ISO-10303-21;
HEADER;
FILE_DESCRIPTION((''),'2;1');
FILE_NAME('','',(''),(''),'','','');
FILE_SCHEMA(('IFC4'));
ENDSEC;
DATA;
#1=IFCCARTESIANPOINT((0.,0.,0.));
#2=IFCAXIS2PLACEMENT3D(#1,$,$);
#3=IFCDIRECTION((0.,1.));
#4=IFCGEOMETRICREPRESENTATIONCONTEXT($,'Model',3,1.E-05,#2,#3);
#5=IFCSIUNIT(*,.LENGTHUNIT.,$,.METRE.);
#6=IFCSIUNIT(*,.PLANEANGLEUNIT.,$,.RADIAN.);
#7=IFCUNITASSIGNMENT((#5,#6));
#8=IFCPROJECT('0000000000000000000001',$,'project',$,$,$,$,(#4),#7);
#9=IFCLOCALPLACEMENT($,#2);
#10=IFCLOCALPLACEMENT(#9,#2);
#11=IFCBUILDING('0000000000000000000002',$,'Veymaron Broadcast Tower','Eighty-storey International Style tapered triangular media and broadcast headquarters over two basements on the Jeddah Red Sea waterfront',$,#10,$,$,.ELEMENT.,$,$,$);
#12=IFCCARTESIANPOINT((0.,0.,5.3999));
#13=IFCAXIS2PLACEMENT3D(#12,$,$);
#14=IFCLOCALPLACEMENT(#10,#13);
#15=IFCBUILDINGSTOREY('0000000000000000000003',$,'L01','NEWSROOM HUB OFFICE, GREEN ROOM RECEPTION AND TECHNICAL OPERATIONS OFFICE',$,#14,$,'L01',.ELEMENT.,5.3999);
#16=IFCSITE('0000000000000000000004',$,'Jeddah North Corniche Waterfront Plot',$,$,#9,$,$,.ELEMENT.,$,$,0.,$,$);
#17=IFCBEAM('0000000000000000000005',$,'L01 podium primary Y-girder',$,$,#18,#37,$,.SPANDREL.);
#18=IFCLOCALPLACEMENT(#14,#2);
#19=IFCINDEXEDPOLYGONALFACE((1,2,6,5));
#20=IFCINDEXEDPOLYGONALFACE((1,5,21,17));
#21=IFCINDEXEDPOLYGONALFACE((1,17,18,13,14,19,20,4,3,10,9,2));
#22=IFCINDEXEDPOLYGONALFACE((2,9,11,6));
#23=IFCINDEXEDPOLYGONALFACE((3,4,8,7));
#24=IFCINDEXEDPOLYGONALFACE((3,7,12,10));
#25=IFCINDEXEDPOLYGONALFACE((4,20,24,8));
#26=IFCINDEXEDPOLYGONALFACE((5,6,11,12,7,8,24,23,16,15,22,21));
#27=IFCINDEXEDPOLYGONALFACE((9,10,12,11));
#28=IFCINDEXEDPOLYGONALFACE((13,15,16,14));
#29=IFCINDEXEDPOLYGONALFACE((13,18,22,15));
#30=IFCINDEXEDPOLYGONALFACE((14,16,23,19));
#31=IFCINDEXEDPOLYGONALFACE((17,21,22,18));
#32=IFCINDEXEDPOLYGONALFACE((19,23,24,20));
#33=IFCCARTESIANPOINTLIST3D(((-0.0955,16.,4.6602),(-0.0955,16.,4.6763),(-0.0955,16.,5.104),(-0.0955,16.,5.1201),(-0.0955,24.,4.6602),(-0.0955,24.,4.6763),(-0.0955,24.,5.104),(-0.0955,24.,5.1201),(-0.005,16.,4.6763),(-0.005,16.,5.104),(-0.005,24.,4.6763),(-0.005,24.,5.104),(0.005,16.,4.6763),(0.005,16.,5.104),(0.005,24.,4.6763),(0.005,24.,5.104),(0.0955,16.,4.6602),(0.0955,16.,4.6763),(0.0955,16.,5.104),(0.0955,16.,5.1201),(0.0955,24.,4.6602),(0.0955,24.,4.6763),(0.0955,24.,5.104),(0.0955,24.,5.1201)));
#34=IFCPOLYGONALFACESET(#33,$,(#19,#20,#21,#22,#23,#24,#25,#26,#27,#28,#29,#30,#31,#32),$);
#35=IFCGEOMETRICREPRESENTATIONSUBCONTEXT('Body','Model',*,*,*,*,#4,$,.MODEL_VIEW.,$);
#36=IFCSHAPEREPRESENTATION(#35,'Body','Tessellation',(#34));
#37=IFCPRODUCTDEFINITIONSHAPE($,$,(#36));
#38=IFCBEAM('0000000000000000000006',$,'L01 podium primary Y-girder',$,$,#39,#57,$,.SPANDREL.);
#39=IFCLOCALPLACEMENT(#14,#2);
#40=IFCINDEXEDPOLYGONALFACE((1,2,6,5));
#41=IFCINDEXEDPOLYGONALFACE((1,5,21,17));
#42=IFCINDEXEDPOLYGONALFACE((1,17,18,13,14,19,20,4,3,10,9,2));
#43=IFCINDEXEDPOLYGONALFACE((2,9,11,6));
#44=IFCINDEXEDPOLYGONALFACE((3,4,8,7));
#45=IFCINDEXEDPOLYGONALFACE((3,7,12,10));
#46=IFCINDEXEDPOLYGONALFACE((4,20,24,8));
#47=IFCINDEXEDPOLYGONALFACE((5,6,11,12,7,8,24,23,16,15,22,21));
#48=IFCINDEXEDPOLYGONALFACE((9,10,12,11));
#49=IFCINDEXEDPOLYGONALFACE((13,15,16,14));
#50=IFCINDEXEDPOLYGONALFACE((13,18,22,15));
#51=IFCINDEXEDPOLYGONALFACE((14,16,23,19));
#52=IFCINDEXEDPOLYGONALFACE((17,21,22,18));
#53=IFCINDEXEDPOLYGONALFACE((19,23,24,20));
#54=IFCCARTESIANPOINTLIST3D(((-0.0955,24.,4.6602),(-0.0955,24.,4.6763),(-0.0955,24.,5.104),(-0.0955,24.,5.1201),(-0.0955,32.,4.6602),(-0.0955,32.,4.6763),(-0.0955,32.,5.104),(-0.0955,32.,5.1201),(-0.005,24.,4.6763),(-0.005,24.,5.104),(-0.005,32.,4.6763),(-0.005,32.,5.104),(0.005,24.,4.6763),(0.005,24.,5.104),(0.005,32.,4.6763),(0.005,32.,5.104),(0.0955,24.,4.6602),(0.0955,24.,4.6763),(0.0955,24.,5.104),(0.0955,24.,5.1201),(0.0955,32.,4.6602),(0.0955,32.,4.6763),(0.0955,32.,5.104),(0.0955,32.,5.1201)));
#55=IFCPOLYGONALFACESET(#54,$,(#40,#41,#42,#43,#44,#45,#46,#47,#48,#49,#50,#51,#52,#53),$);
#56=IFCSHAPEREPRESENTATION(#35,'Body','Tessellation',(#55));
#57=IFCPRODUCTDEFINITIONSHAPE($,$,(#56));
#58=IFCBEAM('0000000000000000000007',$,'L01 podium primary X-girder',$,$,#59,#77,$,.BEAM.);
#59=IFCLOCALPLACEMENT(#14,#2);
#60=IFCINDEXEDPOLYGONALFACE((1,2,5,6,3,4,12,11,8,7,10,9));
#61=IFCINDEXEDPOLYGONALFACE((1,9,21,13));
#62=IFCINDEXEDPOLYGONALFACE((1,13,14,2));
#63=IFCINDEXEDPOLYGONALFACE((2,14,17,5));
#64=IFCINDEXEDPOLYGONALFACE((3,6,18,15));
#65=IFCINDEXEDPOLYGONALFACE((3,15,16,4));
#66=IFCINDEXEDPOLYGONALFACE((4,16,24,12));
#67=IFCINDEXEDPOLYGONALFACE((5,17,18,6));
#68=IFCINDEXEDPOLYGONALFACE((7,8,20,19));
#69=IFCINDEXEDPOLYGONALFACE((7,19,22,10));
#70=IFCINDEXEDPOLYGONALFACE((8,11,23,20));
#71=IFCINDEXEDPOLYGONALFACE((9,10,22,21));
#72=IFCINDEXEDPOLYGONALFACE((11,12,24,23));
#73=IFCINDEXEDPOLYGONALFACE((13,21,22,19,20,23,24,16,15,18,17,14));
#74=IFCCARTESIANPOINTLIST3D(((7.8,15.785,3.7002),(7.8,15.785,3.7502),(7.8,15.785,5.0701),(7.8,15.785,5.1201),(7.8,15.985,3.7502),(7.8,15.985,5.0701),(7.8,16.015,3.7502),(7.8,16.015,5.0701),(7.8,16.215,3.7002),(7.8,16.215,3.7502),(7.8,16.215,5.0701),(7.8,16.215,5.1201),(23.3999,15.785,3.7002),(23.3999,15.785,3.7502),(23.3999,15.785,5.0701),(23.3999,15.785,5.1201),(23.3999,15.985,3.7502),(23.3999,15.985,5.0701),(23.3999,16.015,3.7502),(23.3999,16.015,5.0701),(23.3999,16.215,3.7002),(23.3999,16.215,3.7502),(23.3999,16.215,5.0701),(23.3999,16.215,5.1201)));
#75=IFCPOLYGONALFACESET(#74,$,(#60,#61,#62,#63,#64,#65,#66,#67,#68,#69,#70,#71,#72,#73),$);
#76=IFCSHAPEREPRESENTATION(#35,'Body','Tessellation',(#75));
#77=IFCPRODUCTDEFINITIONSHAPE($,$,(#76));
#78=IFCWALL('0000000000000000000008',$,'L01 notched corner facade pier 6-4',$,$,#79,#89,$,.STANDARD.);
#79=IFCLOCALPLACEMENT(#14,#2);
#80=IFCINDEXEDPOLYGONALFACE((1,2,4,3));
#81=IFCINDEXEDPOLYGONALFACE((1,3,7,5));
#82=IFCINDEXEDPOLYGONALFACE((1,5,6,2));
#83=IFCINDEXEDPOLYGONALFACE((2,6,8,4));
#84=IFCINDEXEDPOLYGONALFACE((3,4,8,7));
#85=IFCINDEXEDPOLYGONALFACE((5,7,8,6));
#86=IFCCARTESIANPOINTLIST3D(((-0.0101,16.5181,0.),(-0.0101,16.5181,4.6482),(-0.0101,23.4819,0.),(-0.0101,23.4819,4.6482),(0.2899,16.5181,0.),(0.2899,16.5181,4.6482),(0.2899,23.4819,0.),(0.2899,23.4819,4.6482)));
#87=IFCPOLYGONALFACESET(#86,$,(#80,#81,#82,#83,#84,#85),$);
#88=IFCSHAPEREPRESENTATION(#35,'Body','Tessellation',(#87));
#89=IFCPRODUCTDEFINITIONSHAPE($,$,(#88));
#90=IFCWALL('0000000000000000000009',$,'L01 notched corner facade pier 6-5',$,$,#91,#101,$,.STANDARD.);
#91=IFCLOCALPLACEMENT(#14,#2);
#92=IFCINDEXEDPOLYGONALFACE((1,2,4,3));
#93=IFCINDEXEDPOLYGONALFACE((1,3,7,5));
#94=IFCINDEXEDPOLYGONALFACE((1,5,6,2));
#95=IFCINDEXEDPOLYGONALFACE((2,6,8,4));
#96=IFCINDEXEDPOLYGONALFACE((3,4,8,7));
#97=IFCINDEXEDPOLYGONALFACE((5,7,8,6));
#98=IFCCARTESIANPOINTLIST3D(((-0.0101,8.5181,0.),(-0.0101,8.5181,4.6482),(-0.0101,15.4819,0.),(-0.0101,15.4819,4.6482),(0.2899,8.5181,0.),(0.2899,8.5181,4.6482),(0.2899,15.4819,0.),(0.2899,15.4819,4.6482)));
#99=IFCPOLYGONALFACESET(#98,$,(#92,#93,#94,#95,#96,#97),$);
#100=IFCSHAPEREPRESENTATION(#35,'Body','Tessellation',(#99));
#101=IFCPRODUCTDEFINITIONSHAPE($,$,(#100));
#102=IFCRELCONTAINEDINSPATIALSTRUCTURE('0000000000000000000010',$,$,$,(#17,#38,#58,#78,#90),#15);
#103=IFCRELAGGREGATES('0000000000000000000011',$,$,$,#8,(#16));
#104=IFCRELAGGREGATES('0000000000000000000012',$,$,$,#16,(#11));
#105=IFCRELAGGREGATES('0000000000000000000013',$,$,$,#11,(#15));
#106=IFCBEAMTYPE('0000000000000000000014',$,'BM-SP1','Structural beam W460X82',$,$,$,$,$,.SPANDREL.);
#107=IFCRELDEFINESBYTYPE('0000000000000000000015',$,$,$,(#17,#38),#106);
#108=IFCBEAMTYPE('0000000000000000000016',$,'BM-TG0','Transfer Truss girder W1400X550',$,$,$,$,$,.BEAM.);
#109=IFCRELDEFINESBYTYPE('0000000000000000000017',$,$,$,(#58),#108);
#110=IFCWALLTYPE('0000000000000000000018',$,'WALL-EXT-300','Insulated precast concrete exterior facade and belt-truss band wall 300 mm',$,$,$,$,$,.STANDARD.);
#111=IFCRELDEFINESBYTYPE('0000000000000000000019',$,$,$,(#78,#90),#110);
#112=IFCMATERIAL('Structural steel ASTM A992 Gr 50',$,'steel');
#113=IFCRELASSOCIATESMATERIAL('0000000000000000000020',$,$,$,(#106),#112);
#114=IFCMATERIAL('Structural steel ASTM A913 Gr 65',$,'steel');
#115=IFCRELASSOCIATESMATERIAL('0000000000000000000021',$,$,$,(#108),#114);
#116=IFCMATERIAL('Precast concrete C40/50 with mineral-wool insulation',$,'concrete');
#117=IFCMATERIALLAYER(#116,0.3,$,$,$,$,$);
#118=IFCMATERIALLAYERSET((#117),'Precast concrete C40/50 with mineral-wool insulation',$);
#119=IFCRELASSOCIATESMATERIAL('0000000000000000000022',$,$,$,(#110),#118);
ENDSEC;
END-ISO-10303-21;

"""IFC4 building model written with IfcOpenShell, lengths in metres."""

from ifc_helpers import new_model, si_unit, direction, frame, frame_2d, origin, origin_2d, place, context, subcontext, project, spatial, rectangle, i_section, extrude, material, layer, layer_set, material_profile, profile_set, type_object, element, save


model = new_model("IFC4")

# Units and contexts
model_context = context("Model", 3, precision=1e-05, world=origin(), true_north=direction((0.0, 1.0)))
body_context = subcontext(model_context, "Body", "Model", "MODEL_VIEW")
ifc_project = project(units=[si_unit("LENGTHUNIT", "METRE"), si_unit("PLANEANGLEUNIT", "RADIAN")], contexts=[model_context])

# Site, building, storey
site_placement = place(None, origin())
site = spatial("IfcSite", under=ifc_project, at=site_placement, Name="Jeddah North Corniche Waterfront Plot", CompositionType="ELEMENT", RefElevation=0.0)
building_placement = place(site_placement, origin())
building = spatial("IfcBuilding", under=site, at=building_placement, Name="Veymaron Broadcast Tower", Description="Eighty-storey International Style tapered triangular media and broadcast headquarters over two basements on the Jeddah Red Sea waterfront", CompositionType="ELEMENT")
storey_placement = place(building_placement, frame((0.0, 0.0, 5.3999)))
storey = spatial("IfcBuildingStorey", under=building, at=storey_placement, Name="L01", Description="NEWSROOM HUB OFFICE, GREEN ROOM RECEPTION AND TECHNICAL OPERATIONS OFFICE", LongName="L01", CompositionType="ELEMENT", Elevation=5.3999)

# Shared definitions
ifc_material_1 = material(Name="Structural steel ASTM A913 Gr 65", Category="steel")

# Beams
ifc_material_2 = material(Name="Structural steel ASTM A992 Gr 50", Category="steel")
ifc_material_profile_1 = material_profile(ifc_material_2, i_section(OverallWidth=0.1909, OverallDepth=0.46, WebThickness=0.01, FlangeThickness=0.0161, at=origin_2d()), Name="W460X82")
ifc_profile_set_1 = profile_set([ifc_material_profile_1], Name="Structural steel ASTM A992 Gr 50")
beam_type_1 = type_object("IfcBeamType", Name="BM-SP1", Description="Structural beam W460X82", PredefinedType="SPANDREL", material=ifc_profile_set_1)
for number, where, z_axis, x_axis, name in (
    (1, (0.0, 16.0, 4.8901), (0.0, 1.0, 0.0), (-1.0, 0.0, 0.0), "L01 podium primary Y-girder"),
    (2, (0.0, 24.0, 4.8901), (0.0, 1.0, 0.0), (-1.0, 0.0, 0.0), "L01 podium primary Y-girder"),
):
    element("IfcBeam", number, at=place(storey_placement, frame(where, z_axis=z_axis, x_axis=x_axis)), inside=storey, type_object=beam_type_1, Name=name, PredefinedType="SPANDREL", context=body_context, shape_type="SweptSolid", body=[
        extrude(i_section(OverallWidth=0.1909, OverallDepth=0.46, WebThickness=0.01, FlangeThickness=0.0161, at=origin_2d()), origin(), (0.0, 0.0, 1.0), 8.0),
    ])
ifc_material_profile_2 = material_profile(ifc_material_1, i_section(OverallWidth=0.4299, OverallDepth=1.4199, WebThickness=0.03, FlangeThickness=0.05, at=origin_2d()), Name="W1400X550")
ifc_profile_set_2 = profile_set([ifc_material_profile_2], Name="Structural steel ASTM A913 Gr 65")
beam_type_2 = type_object("IfcBeamType", Name="BM-TG0", Description="Transfer Truss girder W1400X550", PredefinedType="BEAM", material=ifc_profile_set_2)
beam_1_placement = place(storey_placement, frame((7.8, 16.0, 4.4102), z_axis=(1.0, 0.0, 0.0), x_axis=(0.0, 1.0, 0.0)))
element("IfcBeam", 3, at=beam_1_placement, inside=storey, type_object=beam_type_2, Name="L01 podium primary X-girder", PredefinedType="BEAM", context=body_context, shape_type="SweptSolid", body=[
    extrude(i_section(OverallWidth=0.4299, OverallDepth=1.4199, WebThickness=0.03, FlangeThickness=0.05, at=origin_2d()), origin(), (0.0, 0.0, 1.0), 15.5999),
])

# Walls
ifc_material_3 = material(Name="Precast concrete C40/50 with mineral-wool insulation", Category="concrete")
ifc_layer = layer(ifc_material_3, 0.3)
ifc_layer_set = layer_set([ifc_layer], Name="Precast concrete C40/50 with mineral-wool insulation")
wall_type = type_object("IfcWallType", Name="WALL-EXT-300", Description="Insulated precast concrete exterior facade and belt-truss band wall 300 mm", PredefinedType="STANDARD", material=ifc_layer_set)
for number, where, z_axis, x_axis, name in (
    (4, (0.1399, 23.4819, 0.0), (0.0, 0.0, 1.0), (0.0, -1.0, 0.0), "L01 notched corner facade pier 6-4"),
    (5, (0.1399, 15.4819, 0.0), (0.0, 0.0, 1.0), (0.0, -1.0, 0.0), "L01 notched corner facade pier 6-5"),
):
    element("IfcWall", number, at=place(storey_placement, frame(where, z_axis=z_axis, x_axis=x_axis)), inside=storey, type_object=wall_type, Name=name, PredefinedType="STANDARD", context=body_context, shape_type="SweptSolid", body=[
        extrude(rectangle(XDim=6.9639, YDim=0.3, at=frame_2d((3.4819, 0.0))), origin(), (0.0, 0.0, 1.0), 4.6482),
    ])

save(model, "model.ifc")
